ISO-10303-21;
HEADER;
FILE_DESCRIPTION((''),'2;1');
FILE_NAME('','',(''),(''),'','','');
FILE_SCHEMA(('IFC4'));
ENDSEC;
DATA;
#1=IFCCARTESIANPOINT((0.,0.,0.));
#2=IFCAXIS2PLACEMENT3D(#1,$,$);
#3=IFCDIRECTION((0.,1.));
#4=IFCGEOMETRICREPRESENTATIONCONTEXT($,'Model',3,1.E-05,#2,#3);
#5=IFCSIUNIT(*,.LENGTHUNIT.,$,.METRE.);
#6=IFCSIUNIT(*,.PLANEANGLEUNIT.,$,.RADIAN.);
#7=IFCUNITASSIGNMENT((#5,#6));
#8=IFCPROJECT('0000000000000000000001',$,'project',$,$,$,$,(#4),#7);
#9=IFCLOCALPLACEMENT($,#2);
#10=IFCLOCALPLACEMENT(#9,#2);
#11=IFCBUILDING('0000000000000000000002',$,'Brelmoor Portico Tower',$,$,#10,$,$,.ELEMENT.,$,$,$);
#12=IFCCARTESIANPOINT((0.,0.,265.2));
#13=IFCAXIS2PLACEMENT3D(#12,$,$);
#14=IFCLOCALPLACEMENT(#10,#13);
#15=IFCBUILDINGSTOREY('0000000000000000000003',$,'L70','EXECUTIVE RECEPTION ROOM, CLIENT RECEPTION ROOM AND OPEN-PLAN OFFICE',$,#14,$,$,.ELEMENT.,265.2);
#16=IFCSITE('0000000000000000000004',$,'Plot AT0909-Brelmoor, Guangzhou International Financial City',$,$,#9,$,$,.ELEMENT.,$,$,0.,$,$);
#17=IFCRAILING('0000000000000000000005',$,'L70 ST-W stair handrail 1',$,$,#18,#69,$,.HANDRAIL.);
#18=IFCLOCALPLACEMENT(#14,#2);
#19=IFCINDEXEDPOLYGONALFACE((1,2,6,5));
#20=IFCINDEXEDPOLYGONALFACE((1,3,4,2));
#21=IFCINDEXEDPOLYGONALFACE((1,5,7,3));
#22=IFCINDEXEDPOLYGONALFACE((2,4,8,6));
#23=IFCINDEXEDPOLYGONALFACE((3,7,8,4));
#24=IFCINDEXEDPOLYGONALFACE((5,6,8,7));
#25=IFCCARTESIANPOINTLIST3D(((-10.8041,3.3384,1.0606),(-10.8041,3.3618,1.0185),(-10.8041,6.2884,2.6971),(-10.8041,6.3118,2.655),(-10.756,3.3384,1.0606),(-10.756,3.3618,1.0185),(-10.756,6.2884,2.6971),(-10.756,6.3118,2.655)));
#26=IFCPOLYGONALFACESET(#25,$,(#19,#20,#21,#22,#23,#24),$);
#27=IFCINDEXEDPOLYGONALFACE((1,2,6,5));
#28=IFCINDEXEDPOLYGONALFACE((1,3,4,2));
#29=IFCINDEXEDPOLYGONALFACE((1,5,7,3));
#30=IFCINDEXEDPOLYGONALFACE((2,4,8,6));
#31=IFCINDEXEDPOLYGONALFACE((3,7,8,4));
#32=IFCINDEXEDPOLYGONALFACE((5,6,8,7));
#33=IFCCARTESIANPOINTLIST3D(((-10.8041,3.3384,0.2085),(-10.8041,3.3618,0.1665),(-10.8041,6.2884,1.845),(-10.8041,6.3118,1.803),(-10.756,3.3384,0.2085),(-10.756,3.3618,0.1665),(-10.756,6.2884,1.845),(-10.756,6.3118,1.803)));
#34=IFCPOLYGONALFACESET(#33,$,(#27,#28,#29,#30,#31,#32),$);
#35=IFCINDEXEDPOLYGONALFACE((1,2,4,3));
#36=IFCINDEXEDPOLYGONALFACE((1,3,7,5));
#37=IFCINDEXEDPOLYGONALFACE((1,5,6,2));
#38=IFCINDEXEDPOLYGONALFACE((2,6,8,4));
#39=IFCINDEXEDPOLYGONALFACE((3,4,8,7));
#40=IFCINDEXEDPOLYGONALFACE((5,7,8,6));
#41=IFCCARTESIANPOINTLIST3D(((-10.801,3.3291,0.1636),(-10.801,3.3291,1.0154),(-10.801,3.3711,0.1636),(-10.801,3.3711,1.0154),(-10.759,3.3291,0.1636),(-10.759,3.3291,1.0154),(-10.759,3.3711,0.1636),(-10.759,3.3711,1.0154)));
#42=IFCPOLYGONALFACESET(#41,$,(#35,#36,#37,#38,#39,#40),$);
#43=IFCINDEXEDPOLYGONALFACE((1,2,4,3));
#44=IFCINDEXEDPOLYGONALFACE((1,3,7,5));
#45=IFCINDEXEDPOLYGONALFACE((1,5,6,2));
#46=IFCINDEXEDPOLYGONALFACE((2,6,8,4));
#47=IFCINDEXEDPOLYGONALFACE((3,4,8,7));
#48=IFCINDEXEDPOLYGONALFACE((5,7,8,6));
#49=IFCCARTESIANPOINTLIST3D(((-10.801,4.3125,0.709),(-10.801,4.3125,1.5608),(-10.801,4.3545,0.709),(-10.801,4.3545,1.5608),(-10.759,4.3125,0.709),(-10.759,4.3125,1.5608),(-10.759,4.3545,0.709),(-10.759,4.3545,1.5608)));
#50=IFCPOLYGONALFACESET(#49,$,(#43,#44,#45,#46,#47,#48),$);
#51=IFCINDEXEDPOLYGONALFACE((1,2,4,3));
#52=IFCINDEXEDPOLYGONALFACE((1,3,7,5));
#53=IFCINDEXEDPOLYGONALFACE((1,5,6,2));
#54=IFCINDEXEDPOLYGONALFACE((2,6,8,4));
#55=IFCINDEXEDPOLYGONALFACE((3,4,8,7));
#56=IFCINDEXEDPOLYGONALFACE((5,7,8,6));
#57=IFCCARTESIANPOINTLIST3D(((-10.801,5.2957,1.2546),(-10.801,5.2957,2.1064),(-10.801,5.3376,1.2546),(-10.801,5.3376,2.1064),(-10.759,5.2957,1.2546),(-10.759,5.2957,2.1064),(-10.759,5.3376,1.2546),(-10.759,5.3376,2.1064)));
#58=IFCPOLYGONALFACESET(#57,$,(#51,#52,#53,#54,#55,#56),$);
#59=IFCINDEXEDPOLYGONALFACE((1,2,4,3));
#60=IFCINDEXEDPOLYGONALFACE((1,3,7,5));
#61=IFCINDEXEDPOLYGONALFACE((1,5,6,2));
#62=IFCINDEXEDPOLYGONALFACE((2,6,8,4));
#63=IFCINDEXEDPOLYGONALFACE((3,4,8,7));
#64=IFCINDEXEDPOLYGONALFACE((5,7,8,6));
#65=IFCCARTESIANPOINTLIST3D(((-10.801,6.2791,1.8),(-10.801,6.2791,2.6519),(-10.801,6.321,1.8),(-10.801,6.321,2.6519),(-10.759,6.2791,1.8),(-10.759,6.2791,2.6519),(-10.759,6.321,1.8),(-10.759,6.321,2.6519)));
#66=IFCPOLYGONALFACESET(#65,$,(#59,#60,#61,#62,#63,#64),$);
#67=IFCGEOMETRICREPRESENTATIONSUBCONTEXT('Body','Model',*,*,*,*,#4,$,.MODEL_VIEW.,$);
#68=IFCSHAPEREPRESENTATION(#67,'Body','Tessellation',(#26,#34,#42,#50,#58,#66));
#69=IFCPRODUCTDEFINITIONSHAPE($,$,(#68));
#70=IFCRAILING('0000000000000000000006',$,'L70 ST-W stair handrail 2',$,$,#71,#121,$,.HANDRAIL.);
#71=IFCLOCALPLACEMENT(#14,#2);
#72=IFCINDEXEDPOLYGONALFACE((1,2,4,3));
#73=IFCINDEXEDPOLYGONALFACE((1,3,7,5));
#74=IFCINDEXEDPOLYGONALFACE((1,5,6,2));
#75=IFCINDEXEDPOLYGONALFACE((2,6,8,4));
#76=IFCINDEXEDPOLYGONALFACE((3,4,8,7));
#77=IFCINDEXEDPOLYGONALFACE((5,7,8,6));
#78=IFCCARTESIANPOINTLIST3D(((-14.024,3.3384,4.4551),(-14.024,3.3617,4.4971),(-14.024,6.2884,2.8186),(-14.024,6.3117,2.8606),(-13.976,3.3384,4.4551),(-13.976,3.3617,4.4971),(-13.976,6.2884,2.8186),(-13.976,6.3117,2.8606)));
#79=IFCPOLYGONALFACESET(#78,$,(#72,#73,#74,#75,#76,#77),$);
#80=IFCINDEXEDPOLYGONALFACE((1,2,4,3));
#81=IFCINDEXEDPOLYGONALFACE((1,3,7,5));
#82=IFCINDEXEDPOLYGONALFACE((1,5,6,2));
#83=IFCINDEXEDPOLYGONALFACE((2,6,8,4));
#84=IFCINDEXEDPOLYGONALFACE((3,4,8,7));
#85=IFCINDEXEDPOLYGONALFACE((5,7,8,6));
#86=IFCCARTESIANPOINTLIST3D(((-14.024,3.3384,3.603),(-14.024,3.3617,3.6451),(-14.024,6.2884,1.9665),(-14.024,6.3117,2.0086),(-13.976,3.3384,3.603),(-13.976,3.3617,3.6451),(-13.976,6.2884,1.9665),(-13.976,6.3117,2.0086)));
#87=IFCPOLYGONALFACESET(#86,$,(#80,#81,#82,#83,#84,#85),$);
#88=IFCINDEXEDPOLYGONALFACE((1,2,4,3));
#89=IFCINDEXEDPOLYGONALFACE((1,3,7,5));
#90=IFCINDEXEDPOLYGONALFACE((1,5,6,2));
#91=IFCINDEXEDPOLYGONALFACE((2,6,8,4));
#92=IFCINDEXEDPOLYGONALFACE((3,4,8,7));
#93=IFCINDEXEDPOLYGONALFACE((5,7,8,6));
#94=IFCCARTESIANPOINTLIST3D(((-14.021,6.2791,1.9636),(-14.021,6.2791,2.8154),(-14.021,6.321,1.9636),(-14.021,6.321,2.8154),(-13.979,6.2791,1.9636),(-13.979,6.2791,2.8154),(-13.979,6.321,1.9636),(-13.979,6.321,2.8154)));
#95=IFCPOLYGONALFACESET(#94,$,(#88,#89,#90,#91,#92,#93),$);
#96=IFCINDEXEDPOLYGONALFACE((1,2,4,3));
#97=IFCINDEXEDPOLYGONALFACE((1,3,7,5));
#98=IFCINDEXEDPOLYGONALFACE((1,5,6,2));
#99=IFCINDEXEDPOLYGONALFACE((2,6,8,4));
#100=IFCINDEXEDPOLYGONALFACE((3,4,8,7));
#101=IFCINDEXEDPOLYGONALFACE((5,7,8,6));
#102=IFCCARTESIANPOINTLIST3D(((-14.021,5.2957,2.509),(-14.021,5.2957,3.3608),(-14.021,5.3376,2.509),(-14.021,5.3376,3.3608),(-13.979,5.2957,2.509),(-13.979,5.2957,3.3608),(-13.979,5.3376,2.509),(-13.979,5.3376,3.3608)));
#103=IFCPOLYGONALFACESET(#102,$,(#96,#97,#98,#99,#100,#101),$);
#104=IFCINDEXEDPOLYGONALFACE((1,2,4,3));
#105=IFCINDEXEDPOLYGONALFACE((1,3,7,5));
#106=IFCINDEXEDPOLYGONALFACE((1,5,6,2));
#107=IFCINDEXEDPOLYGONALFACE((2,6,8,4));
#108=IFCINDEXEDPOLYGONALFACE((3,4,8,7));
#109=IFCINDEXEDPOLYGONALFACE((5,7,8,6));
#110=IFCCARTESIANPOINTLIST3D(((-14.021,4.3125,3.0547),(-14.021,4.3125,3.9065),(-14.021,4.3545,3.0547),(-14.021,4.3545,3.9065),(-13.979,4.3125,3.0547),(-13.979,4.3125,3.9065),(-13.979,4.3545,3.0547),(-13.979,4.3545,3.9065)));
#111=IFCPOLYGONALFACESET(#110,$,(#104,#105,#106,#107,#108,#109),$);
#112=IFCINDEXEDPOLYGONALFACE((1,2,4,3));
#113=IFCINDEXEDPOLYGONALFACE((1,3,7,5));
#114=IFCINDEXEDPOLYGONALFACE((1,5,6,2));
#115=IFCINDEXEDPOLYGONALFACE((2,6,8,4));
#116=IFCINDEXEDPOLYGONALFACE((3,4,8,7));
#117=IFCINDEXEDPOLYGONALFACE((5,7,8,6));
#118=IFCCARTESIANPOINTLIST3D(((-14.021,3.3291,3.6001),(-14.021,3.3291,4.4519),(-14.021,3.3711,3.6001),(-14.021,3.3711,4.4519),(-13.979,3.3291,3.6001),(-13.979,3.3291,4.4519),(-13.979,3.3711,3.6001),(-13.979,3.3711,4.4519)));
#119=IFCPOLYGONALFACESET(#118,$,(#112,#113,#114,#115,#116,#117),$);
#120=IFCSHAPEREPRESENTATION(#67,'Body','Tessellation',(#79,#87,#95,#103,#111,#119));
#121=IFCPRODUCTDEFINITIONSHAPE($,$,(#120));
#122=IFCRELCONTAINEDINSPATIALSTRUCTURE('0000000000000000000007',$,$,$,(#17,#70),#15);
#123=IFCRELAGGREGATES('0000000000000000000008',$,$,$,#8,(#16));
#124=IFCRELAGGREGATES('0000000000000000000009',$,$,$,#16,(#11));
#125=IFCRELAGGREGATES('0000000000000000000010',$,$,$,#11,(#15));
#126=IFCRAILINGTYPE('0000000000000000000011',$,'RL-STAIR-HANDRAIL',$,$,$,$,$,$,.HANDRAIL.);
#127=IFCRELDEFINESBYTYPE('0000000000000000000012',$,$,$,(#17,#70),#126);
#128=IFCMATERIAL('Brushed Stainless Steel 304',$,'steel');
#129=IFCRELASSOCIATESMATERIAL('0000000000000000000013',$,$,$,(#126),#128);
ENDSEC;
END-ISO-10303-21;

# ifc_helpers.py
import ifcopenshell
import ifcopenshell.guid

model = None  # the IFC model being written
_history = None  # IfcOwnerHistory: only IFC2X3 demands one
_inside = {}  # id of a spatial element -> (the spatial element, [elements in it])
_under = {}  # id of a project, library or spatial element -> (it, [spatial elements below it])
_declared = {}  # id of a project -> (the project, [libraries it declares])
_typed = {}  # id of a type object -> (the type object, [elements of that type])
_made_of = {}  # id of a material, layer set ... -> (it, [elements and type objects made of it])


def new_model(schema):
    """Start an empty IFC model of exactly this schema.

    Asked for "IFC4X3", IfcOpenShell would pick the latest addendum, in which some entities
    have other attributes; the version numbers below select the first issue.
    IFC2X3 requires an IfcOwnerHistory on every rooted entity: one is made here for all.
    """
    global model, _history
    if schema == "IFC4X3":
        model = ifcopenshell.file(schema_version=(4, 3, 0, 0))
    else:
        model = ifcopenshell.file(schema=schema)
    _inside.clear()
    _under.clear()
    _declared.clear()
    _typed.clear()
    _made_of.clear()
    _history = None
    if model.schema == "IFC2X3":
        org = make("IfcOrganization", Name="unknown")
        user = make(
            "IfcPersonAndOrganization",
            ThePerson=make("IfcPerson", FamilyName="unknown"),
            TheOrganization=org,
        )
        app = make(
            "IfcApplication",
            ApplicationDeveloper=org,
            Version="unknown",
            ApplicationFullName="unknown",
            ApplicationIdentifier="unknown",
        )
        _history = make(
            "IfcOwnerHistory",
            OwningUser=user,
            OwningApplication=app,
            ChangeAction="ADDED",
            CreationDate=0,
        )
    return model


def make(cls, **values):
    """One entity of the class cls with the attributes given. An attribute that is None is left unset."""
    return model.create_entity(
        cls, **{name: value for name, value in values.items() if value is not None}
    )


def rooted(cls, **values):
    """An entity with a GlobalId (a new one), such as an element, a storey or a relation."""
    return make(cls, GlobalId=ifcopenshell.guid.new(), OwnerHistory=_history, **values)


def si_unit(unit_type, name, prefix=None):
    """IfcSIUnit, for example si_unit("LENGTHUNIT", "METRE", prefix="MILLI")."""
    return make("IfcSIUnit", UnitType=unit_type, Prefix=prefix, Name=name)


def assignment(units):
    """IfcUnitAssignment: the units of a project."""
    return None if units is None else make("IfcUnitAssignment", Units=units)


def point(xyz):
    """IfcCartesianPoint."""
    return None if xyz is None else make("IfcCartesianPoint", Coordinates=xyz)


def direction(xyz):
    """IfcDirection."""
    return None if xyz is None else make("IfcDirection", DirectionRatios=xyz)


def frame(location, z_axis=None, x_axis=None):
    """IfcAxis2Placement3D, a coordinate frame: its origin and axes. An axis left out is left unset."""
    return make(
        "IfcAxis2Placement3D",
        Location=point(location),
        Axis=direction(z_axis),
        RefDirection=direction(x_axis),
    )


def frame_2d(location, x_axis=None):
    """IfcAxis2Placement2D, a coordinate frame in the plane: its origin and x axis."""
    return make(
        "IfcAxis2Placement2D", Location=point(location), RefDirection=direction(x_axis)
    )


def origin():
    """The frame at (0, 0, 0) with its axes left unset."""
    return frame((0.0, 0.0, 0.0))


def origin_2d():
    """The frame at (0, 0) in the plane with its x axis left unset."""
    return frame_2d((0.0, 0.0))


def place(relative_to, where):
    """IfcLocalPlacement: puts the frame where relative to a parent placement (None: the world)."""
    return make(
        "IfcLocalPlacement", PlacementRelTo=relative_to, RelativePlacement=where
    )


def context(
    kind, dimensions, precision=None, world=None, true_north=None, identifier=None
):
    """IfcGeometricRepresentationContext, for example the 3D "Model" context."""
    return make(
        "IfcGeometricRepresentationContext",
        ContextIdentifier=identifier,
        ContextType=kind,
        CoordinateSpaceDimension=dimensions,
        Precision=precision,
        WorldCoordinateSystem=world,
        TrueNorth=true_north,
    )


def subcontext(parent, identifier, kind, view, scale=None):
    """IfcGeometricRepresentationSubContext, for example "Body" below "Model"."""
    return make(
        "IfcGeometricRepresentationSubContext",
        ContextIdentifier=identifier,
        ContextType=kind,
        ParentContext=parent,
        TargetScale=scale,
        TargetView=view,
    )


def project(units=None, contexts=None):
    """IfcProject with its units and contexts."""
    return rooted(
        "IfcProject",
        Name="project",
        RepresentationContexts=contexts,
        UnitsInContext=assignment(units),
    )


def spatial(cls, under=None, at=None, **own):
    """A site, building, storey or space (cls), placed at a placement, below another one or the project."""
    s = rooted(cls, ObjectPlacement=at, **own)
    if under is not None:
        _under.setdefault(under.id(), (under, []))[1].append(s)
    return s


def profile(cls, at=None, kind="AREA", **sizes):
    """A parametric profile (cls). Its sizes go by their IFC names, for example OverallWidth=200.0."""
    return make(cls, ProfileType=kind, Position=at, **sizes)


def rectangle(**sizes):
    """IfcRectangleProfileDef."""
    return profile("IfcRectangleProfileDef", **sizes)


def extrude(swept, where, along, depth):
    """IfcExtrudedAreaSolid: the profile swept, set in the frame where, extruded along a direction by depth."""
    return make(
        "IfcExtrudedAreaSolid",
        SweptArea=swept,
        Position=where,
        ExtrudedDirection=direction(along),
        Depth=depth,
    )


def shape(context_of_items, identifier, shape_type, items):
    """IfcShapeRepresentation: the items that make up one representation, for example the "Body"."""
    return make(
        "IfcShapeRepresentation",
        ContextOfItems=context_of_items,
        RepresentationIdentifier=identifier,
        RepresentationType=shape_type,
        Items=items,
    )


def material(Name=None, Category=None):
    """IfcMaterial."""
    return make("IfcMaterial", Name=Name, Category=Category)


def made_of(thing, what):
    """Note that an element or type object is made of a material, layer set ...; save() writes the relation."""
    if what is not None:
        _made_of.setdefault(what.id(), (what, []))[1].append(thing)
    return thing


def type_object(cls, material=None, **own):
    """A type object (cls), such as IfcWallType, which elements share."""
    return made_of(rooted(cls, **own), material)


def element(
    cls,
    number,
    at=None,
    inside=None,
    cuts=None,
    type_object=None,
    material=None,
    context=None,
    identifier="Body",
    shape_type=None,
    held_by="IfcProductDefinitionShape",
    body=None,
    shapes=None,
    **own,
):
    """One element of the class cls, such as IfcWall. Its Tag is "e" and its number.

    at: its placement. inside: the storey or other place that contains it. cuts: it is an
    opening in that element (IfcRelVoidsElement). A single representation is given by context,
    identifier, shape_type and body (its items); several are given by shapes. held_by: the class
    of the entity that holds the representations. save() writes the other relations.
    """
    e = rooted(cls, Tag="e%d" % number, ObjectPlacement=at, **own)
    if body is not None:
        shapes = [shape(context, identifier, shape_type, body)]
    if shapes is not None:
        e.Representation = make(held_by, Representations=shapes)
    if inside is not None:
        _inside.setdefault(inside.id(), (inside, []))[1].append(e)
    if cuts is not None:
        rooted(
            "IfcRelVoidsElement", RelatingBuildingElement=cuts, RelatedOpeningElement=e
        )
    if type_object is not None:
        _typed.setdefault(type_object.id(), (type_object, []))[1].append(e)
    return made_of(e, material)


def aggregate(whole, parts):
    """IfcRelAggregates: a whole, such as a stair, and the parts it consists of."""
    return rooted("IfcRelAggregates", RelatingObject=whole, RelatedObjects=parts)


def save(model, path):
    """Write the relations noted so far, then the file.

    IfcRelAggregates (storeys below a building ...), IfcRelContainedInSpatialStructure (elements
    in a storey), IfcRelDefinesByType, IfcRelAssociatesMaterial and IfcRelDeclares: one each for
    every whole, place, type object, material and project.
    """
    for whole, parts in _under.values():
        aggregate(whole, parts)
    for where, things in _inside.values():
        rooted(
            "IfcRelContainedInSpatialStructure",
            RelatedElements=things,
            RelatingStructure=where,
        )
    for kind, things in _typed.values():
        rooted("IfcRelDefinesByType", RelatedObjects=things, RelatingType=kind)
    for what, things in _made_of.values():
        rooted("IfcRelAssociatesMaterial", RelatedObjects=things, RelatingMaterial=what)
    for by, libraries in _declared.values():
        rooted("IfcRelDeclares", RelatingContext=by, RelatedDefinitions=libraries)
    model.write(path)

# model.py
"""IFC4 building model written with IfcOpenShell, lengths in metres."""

from ifc_helpers import new_model, si_unit, direction, frame, origin, origin_2d, place, context, subcontext, project, spatial, rectangle, extrude, material, type_object, element, save


model = new_model("IFC4")

# Units and contexts
model_context = context("Model", 3, precision=1e-05, world=origin(), true_north=direction((0.0, 1.0)))
body_context = subcontext(model_context, "Body", "Model", "MODEL_VIEW")
ifc_project = project(units=[si_unit("LENGTHUNIT", "METRE"), si_unit("PLANEANGLEUNIT", "RADIAN")], contexts=[model_context])

# Site, building, storey
site_placement = place(None, origin())
site = spatial("IfcSite", under=ifc_project, at=site_placement, Name="Plot AT0909-Brelmoor, Guangzhou International Financial City", CompositionType="ELEMENT", RefElevation=0.0)
building_placement = place(site_placement, origin())
building = spatial("IfcBuilding", under=site, at=building_placement, Name="Brelmoor Portico Tower", CompositionType="ELEMENT")
storey_placement = place(building_placement, frame((0.0, 0.0, 265.2)))
storey = spatial("IfcBuildingStorey", under=building, at=storey_placement, Name="L70", Description="EXECUTIVE RECEPTION ROOM, CLIENT RECEPTION ROOM AND OPEN-PLAN OFFICE", CompositionType="ELEMENT", Elevation=265.2)

# Railings
ifc_material_1 = material(Name="Brushed Stainless Steel 304", Category="steel")
railing_type_1 = type_object("IfcRailingType", Name="RL-STAIR-HANDRAIL", PredefinedType="HANDRAIL", material=ifc_material_1)
railing_1_placement = place(storey_placement, frame((-10.78, 3.3501, 0.1636)))
element("IfcRailing", 1, at=railing_1_placement, inside=storey, type_object=railing_type_1, Name="L70 ST-W stair handrail 1", PredefinedType="HANDRAIL", context=body_context, shape_type="SweptSolid", body=[
    extrude(rectangle(XDim=0.0481, YDim=0.0481, at=origin_2d()), frame((0.0, 0.0, 0.876), z_axis=(0.0, 0.874458, 0.485102), x_axis=(-1.0, 0.0, 0.0)), (0.0, 0.0, 1.0), 3.3735),
    extrude(rectangle(XDim=0.0481, YDim=0.0481, at=origin_2d()), frame((0.0, 0.0, 0.0239), z_axis=(0.0, 0.874458, 0.485102), x_axis=(-1.0, 0.0, 0.0)), (0.0, 0.0, 1.0), 3.3735),
    extrude(rectangle(XDim=0.042, YDim=0.042, at=origin_2d()), origin(), (0.0, 0.0, 1.0), 0.8518),
    extrude(rectangle(XDim=0.042, YDim=0.042, at=origin_2d()), frame((0.0, 0.9834, 0.5454)), (0.0, 0.0, 1.0), 0.8518),
    extrude(rectangle(XDim=0.042, YDim=0.042, at=origin_2d()), frame((0.0, 1.9666, 1.0911)), (0.0, 0.0, 1.0), 0.8518),
    extrude(rectangle(XDim=0.042, YDim=0.042, at=origin_2d()), frame((0.0, 2.95, 1.6365)), (0.0, 0.0, 1.0), 0.8518),
])
railing_2_placement = place(storey_placement, frame((-14.0, 6.3, 1.9636)))
element("IfcRailing", 2, at=railing_2_placement, inside=storey, type_object=railing_type_1, Name="L70 ST-W stair handrail 2", PredefinedType="HANDRAIL", context=body_context, shape_type="SweptSolid", body=[
    extrude(rectangle(XDim=0.0481, YDim=0.0481, at=origin_2d()), frame((0.0, 0.0, 0.876), z_axis=(0.0, -0.874458, 0.485102), x_axis=(1.0, 0.0, 0.0)), (0.0, 0.0, 1.0), 3.3735),
    extrude(rectangle(XDim=0.0481, YDim=0.0481, at=origin_2d()), frame((0.0, 0.0, 0.0239), z_axis=(0.0, -0.874458, 0.485102), x_axis=(1.0, 0.0, 0.0)), (0.0, 0.0, 1.0), 3.3735),
    extrude(rectangle(XDim=0.042, YDim=0.042, at=origin_2d()), origin(), (0.0, 0.0, 1.0), 0.8518),
    extrude(rectangle(XDim=0.042, YDim=0.042, at=origin_2d()), frame((0.0, -0.9834, 0.5454)), (0.0, 0.0, 1.0), 0.8518),
    extrude(rectangle(XDim=0.042, YDim=0.042, at=origin_2d()), frame((0.0, -1.9666, 1.0911)), (0.0, 0.0, 1.0), 0.8518),
    extrude(rectangle(XDim=0.042, YDim=0.042, at=origin_2d()), frame((0.0, -2.95, 1.6365)), (0.0, 0.0, 1.0), 0.8518),
])

save(model, "model.ifc")
